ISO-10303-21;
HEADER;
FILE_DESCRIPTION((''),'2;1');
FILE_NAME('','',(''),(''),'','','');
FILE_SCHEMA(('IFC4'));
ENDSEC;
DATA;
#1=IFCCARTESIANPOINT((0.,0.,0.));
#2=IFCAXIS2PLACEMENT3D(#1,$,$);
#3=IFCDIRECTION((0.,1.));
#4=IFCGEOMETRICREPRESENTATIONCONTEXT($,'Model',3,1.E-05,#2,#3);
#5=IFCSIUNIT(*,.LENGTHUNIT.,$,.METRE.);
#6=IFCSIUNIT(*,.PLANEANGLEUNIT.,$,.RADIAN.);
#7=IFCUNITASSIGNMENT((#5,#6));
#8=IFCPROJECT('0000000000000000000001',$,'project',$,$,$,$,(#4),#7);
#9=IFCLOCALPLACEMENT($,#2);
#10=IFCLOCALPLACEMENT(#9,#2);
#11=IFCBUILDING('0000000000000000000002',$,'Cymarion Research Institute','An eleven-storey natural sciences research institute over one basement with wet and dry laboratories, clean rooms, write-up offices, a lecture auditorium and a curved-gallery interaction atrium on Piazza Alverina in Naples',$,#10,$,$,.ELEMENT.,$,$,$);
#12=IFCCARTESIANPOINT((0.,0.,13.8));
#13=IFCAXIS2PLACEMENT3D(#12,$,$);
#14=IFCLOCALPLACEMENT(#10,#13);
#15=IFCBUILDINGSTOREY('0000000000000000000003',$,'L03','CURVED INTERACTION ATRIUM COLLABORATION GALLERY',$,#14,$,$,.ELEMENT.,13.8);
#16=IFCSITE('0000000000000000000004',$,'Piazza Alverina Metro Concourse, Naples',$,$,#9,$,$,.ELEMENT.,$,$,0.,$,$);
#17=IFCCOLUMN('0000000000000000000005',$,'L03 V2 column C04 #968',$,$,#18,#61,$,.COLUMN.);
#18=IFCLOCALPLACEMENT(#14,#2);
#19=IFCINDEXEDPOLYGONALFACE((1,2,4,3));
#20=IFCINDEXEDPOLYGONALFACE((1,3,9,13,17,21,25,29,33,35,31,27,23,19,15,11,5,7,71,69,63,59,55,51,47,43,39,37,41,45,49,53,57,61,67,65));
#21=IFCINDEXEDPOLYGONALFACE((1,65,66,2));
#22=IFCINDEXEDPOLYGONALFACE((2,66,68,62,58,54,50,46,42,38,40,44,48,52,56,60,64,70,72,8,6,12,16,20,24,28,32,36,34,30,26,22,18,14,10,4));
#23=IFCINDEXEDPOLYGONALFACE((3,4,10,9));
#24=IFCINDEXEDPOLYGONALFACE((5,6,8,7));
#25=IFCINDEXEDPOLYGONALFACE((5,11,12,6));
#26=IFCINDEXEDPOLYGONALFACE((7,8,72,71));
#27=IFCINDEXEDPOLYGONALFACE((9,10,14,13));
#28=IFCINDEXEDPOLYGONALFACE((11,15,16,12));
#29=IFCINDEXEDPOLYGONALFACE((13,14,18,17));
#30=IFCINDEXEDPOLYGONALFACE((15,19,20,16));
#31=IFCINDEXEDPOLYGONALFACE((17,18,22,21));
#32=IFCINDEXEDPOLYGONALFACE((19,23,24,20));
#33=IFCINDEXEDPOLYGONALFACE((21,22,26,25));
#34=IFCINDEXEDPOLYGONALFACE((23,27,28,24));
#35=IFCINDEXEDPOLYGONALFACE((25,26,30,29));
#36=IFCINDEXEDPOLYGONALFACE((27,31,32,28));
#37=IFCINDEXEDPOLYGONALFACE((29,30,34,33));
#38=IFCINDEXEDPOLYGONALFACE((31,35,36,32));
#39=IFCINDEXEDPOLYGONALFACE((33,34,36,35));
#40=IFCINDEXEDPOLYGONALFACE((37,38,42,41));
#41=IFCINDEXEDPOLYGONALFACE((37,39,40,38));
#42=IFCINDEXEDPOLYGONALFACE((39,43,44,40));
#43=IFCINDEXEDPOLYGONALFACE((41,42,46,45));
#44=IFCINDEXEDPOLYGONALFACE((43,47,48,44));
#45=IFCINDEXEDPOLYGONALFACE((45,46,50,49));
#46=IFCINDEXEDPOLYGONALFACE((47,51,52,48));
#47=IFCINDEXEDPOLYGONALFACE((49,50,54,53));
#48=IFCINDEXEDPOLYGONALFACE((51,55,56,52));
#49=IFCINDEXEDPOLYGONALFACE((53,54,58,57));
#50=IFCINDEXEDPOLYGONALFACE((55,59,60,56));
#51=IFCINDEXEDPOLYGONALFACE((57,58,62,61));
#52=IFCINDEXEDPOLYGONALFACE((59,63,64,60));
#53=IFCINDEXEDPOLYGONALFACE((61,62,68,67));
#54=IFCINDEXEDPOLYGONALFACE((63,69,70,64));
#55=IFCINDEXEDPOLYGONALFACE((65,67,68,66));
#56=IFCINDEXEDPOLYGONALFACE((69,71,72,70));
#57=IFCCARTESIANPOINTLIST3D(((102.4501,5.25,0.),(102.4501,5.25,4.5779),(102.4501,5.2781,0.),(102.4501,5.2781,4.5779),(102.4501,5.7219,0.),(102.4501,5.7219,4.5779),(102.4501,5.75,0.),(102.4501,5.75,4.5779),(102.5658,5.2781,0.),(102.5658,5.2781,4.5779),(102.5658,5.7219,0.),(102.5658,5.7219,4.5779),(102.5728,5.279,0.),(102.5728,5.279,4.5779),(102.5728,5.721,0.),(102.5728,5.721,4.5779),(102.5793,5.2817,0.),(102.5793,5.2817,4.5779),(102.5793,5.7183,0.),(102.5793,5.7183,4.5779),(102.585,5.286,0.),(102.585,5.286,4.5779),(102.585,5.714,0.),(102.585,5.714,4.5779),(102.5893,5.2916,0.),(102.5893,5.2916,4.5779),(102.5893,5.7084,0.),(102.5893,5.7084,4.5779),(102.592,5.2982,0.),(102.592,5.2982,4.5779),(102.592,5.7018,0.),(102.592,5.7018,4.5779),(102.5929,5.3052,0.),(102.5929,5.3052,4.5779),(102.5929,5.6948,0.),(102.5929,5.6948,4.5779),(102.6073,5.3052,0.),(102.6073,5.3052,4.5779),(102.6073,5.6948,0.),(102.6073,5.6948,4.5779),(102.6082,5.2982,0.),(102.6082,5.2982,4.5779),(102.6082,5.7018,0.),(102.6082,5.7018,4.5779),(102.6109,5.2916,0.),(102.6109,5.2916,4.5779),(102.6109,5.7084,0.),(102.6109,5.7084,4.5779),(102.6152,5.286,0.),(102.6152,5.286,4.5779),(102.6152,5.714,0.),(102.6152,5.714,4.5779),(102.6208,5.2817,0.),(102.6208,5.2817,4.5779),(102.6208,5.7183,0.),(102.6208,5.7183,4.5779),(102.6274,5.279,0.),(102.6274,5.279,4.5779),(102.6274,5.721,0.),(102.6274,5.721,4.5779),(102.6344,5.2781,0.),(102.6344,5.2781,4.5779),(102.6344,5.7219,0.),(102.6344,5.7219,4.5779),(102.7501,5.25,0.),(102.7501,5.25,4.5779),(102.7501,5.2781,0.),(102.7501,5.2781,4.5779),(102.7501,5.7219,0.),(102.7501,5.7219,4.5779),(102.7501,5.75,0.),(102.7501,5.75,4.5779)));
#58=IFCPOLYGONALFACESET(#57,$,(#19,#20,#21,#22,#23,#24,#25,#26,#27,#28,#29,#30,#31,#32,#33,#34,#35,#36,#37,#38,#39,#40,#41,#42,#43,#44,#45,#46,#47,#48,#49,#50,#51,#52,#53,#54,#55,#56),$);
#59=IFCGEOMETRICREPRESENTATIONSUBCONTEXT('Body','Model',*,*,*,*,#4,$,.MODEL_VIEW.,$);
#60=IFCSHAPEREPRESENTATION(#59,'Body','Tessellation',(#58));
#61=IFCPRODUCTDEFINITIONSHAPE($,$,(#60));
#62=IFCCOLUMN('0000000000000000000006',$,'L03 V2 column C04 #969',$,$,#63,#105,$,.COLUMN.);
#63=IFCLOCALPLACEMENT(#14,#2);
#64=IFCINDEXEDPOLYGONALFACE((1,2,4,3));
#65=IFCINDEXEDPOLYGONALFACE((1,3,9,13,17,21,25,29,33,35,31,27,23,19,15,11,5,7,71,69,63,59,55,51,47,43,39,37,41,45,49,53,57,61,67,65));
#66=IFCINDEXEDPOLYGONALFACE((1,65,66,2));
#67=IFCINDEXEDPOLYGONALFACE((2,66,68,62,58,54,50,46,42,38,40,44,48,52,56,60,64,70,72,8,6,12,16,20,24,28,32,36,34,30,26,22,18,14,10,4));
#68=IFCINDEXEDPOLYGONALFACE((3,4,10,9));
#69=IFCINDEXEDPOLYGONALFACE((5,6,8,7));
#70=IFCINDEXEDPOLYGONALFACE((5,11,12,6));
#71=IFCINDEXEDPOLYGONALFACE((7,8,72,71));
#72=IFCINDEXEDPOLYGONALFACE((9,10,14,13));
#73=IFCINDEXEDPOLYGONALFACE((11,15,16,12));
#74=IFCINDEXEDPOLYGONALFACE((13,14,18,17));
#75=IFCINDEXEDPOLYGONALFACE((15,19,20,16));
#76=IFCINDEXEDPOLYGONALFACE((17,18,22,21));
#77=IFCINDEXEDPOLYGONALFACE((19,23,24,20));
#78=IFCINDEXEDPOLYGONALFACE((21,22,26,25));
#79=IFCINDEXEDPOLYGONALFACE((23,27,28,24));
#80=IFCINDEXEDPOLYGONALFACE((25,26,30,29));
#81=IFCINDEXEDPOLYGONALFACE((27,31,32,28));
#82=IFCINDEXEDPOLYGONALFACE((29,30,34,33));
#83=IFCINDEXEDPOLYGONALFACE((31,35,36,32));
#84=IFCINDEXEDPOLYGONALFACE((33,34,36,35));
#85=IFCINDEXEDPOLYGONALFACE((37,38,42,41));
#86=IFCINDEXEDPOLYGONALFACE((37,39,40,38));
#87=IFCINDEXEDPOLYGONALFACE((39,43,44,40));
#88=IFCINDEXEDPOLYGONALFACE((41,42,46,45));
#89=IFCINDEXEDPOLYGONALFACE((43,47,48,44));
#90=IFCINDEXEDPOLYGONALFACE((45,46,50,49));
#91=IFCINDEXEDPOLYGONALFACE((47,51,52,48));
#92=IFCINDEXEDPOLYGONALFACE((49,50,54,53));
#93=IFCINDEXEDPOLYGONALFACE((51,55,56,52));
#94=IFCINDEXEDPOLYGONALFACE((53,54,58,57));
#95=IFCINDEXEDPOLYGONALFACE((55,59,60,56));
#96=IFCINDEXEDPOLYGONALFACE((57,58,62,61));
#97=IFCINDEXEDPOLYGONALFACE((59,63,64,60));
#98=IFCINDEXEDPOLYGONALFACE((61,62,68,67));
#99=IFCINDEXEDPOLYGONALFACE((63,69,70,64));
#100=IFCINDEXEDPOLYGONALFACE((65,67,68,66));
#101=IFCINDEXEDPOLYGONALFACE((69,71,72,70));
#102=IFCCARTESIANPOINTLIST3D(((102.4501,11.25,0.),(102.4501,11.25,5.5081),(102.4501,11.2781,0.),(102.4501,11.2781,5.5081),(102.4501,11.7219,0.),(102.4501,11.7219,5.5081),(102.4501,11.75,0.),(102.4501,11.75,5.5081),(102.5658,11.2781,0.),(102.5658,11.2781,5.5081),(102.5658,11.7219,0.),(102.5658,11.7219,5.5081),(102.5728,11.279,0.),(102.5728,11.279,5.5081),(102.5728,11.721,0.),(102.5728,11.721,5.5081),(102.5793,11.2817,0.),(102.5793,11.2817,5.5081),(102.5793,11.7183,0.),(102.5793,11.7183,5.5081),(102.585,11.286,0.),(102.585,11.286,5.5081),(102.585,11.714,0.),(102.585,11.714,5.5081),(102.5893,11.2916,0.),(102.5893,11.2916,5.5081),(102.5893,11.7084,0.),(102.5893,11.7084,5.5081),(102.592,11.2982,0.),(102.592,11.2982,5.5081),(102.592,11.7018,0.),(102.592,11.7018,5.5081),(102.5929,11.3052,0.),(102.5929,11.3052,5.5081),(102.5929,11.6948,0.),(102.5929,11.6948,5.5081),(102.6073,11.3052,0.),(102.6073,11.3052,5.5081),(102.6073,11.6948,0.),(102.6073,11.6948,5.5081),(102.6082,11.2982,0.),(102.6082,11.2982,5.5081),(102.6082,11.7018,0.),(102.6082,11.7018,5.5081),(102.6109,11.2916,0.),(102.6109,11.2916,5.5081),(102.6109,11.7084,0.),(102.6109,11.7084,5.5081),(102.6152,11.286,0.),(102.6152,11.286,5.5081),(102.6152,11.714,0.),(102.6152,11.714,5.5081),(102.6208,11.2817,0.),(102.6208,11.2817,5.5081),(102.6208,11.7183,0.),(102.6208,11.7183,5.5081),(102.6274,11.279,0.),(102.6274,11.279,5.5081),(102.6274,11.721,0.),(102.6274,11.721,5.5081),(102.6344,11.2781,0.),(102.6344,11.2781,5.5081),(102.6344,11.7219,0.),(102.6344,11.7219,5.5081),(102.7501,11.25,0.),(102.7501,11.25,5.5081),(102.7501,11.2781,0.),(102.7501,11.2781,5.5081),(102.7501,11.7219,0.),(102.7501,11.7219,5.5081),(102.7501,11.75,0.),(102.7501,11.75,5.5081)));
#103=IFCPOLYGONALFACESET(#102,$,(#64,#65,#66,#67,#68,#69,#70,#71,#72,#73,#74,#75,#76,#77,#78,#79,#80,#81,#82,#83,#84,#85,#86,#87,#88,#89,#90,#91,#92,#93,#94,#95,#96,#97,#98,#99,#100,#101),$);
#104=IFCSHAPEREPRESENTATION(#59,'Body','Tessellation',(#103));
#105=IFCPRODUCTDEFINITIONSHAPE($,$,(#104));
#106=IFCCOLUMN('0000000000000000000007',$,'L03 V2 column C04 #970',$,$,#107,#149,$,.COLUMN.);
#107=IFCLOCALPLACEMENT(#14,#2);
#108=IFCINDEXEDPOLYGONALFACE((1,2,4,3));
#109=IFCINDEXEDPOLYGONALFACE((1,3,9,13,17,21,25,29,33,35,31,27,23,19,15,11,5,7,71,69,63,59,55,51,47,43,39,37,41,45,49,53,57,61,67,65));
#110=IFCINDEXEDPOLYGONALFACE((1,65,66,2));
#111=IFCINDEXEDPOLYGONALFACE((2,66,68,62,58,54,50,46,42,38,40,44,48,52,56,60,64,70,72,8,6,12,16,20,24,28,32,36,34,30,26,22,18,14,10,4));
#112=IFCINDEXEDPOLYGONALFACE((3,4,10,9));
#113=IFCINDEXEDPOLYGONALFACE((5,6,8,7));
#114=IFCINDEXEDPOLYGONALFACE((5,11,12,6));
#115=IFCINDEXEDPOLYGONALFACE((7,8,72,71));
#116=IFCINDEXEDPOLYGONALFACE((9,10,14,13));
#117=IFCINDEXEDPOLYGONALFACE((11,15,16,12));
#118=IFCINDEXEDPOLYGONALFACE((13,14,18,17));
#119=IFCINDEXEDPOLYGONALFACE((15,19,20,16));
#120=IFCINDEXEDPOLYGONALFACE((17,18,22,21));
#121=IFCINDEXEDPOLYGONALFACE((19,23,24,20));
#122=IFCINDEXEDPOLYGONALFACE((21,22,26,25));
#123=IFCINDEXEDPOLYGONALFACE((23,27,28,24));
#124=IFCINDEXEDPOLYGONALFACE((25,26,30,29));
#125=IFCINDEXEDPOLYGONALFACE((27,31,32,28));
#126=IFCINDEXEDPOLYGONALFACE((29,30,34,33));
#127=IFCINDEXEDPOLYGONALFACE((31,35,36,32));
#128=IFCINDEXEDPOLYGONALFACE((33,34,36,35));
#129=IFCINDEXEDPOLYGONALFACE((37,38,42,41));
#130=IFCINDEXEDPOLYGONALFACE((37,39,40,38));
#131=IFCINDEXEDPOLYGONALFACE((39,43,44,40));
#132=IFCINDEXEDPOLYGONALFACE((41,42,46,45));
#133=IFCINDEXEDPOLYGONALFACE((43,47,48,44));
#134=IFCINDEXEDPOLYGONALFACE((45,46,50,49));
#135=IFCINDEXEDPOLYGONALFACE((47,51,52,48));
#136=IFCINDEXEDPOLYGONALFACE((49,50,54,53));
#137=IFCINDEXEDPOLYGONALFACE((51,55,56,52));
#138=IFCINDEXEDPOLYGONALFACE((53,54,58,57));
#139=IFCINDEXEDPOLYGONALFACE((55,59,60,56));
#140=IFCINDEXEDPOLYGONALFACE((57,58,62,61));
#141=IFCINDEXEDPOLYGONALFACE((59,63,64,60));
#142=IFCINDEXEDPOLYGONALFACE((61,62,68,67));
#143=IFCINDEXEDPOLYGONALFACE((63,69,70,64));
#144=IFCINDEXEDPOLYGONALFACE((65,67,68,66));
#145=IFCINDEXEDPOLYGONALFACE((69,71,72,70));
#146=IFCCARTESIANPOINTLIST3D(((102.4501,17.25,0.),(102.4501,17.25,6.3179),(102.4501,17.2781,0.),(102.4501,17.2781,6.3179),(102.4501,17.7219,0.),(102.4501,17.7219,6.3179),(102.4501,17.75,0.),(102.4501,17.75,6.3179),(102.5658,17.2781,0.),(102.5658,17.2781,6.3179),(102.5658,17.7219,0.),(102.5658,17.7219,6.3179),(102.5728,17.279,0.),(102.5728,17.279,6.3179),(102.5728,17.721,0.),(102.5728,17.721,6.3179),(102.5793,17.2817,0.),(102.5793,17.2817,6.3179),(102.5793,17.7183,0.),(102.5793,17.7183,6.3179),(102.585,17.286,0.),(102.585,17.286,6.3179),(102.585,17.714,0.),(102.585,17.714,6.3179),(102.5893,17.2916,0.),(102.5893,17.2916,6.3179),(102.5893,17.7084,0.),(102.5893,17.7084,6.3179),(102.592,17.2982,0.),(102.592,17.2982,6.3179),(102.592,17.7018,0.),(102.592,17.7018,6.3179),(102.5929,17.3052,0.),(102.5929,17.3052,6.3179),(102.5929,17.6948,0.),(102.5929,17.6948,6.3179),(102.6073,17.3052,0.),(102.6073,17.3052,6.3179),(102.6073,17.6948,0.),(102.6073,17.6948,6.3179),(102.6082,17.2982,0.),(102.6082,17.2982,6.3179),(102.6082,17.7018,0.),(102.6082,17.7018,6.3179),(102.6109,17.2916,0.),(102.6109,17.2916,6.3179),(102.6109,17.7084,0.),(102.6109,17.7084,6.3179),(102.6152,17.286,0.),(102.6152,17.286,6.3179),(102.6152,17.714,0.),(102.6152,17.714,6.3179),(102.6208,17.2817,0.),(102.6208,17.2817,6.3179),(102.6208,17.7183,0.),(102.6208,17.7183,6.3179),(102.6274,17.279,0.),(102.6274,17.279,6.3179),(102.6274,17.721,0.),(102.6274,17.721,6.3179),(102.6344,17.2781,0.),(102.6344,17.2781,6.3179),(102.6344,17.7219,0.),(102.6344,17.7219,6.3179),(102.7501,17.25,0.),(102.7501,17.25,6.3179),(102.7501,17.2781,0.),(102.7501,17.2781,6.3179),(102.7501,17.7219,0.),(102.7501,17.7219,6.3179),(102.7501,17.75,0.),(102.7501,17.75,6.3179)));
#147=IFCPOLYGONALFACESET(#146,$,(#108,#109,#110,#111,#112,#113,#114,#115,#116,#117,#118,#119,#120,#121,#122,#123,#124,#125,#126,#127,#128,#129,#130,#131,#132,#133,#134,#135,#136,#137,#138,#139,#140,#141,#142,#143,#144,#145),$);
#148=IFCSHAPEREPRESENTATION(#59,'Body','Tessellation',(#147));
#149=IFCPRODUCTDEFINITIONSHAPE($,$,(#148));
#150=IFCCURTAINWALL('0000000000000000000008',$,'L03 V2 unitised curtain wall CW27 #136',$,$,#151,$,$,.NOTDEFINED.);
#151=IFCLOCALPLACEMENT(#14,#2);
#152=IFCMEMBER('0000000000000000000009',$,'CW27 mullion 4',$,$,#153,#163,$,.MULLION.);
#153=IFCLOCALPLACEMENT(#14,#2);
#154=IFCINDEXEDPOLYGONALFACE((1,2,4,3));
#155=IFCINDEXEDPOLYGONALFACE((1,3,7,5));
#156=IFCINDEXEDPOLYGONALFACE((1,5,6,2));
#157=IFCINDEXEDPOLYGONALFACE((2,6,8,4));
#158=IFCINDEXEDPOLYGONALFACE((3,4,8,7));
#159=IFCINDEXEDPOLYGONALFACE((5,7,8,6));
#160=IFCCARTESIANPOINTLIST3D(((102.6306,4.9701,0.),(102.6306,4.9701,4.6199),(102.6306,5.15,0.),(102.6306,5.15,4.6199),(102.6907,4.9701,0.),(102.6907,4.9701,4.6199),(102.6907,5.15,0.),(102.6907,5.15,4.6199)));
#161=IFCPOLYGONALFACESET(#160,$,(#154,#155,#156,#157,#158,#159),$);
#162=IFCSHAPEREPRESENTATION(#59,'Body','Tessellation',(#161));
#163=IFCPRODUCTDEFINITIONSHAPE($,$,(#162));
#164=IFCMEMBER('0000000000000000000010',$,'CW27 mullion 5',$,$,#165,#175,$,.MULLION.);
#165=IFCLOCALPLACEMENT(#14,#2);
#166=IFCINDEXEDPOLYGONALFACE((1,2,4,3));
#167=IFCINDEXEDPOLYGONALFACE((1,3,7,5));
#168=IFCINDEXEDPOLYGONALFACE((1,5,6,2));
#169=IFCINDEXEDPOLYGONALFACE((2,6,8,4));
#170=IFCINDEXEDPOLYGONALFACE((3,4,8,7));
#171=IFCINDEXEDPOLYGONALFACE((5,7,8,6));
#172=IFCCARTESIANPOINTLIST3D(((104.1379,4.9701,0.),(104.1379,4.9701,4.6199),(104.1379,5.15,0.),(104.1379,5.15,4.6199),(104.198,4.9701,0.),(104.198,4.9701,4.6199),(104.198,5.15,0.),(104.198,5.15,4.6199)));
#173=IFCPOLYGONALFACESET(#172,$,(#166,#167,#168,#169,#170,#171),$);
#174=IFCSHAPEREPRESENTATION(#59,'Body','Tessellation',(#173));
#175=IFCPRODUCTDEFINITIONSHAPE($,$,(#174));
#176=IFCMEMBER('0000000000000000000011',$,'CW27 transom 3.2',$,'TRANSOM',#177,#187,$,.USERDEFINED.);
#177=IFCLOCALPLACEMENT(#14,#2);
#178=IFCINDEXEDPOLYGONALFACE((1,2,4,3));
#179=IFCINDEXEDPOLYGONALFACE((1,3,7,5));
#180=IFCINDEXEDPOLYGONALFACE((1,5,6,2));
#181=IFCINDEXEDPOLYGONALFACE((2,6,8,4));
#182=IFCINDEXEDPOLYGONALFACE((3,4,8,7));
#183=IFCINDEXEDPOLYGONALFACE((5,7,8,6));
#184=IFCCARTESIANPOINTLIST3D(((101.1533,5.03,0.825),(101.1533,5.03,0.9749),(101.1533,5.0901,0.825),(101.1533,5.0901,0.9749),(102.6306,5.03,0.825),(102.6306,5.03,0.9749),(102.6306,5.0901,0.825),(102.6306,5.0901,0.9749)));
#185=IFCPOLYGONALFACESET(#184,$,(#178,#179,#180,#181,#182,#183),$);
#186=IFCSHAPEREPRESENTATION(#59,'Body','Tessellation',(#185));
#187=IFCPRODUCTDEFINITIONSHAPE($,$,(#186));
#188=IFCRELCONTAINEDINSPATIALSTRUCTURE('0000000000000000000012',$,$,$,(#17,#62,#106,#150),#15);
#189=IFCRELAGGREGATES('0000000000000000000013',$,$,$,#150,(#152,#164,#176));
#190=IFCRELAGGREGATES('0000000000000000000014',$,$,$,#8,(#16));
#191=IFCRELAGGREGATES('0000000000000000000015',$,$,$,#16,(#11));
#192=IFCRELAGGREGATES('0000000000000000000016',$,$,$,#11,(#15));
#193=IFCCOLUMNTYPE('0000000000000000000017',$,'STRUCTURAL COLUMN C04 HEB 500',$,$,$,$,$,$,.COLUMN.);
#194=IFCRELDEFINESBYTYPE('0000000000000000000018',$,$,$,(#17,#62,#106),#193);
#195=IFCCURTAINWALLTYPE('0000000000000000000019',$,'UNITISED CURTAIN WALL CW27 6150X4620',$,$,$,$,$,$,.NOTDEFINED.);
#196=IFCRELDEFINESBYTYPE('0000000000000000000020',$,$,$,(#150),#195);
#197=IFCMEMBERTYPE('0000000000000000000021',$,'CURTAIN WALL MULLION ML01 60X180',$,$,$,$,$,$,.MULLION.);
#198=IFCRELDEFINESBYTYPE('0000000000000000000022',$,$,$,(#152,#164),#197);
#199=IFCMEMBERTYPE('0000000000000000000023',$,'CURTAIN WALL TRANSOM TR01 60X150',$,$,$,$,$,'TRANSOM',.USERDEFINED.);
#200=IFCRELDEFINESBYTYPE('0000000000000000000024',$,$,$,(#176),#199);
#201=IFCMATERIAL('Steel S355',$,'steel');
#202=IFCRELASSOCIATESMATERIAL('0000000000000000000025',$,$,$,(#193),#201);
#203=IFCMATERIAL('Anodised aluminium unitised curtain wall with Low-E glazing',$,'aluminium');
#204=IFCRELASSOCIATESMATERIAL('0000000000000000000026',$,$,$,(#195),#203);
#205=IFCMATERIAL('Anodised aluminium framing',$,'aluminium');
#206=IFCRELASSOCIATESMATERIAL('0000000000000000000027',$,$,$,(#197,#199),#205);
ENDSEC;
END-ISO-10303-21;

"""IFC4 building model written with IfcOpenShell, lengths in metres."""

from ifc_helpers import new_model, si_unit, direction, frame, origin, origin_2d, place, context, subcontext, project, spatial, rectangle, i_section, extrude, material, material_profile, profile_set, type_object, element, aggregate, save


model = new_model("IFC4")

# Units and contexts
model_context = context("Model", 3, precision=1e-05, world=origin(), true_north=direction((0.0, 1.0)))
body_context = subcontext(model_context, "Body", "Model", "MODEL_VIEW")
ifc_project = project(units=[si_unit("LENGTHUNIT", "METRE"), si_unit("PLANEANGLEUNIT", "RADIAN")], contexts=[model_context])

# Site, building, storey
site_placement = place(None, origin())
site = spatial("IfcSite", under=ifc_project, at=site_placement, Name="Piazza Alverina Metro Concourse, Naples", CompositionType="ELEMENT", RefElevation=0.0)
building_placement = place(site_placement, origin())
building = spatial("IfcBuilding", under=site, at=building_placement, Name="Cymarion Research Institute", Description="An eleven-storey natural sciences research institute over one basement with wet and dry laboratories, clean rooms, write-up offices, a lecture auditorium and a curved-gallery interaction atrium on Piazza Alverina in Naples", CompositionType="ELEMENT")
storey_placement = place(building_placement, frame((0.0, 0.0, 13.8)))
storey = spatial("IfcBuildingStorey", under=building, at=storey_placement, Name="L03", Description="CURVED INTERACTION ATRIUM COLLABORATION GALLERY", CompositionType="ELEMENT", Elevation=13.8)

# Columns
ifc_material_1 = material(Name="Steel S355", Category="steel")
ifc_material_profile_1 = material_profile(ifc_material_1, i_section(OverallWidth=0.3, OverallDepth=0.5, WebThickness=0.0144, FlangeThickness=0.0281, FilletRadius=0.0271, at=origin_2d()), Name="HEB 500")
ifc_profile_set_1 = profile_set([ifc_material_profile_1], Name="Steel S355")
column_type = type_object("IfcColumnType", Name="STRUCTURAL COLUMN C04 HEB 500", PredefinedType="COLUMN", material=ifc_profile_set_1)
column_1_placement = place(storey_placement, frame((102.6001, 5.5, 0.0), z_axis=(0.0, 0.0, 1.0), x_axis=(1.0, 0.0, 0.0)))
element("IfcColumn", 1, at=column_1_placement, inside=storey, type_object=column_type, Name="L03 V2 column C04 #968", PredefinedType="COLUMN", context=body_context, shape_type="SweptSolid", body=[
    extrude(i_section(OverallWidth=0.3, OverallDepth=0.5, WebThickness=0.0144, FlangeThickness=0.0281, FilletRadius=0.0271, at=origin_2d()), origin(), (0.0, 0.0, 1.0), 4.5779),
])
column_2_placement = place(storey_placement, frame((102.6001, 11.5, 0.0), z_axis=(0.0, 0.0, 1.0), x_axis=(1.0, 0.0, 0.0)))
element("IfcColumn", 2, at=column_2_placement, inside=storey, type_object=column_type, Name="L03 V2 column C04 #969", PredefinedType="COLUMN", context=body_context, shape_type="SweptSolid", body=[
    extrude(i_section(OverallWidth=0.3, OverallDepth=0.5, WebThickness=0.0144, FlangeThickness=0.0281, FilletRadius=0.0271, at=origin_2d()), origin(), (0.0, 0.0, 1.0), 5.5081),
])
column_3_placement = place(storey_placement, frame((102.6001, 17.5, 0.0), z_axis=(0.0, 0.0, 1.0), x_axis=(1.0, 0.0, 0.0)))
element("IfcColumn", 3, at=column_3_placement, inside=storey, type_object=column_type, Name="L03 V2 column C04 #970", PredefinedType="COLUMN", context=body_context, shape_type="SweptSolid", body=[
    extrude(i_section(OverallWidth=0.3, OverallDepth=0.5, WebThickness=0.0144, FlangeThickness=0.0281, FilletRadius=0.0271, at=origin_2d()), origin(), (0.0, 0.0, 1.0), 6.3179),
])

# Curtain wall, members
ifc_material_2 = material(Name="Anodised aluminium unitised curtain wall with Low-E glazing", Category="aluminium")
curtain_wall_type = type_object("IfcCurtainWallType", Name="UNITISED CURTAIN WALL CW27 6150X4620", PredefinedType="NOTDEFINED", material=ifc_material_2)
curtain_wall_placement = place(storey_placement, origin())
curtain_wall = element("IfcCurtainWall", 4, at=curtain_wall_placement, inside=storey, type_object=curtain_wall_type, Name="L03 V2 unitised curtain wall CW27 #136", PredefinedType="NOTDEFINED")
ifc_material_3 = material(Name="Anodised aluminium framing", Category="aluminium")
ifc_material_profile_2 = material_profile(ifc_material_3, rectangle(XDim=0.0601, YDim=0.1799, at=origin_2d()), Name="ALU MULLION 60x180")
ifc_profile_set_2 = profile_set([ifc_material_profile_2], Name="Anodised aluminium framing")
member_type_1 = type_object("IfcMemberType", Name="CURTAIN WALL MULLION ML01 60X180", PredefinedType="MULLION", material=ifc_profile_set_2)
member_1_placement = place(storey_placement, frame((102.6606, 5.0601, 0.0), z_axis=(0.0, 0.0, 1.0), x_axis=(1.0, 0.0, 0.0)))
member_1 = element("IfcMember", 5, at=member_1_placement, type_object=member_type_1, Name="CW27 mullion 4", PredefinedType="MULLION", context=body_context, shape_type="SweptSolid", body=[
    extrude(rectangle(XDim=0.0601, YDim=0.1799, at=origin_2d()), origin(), (0.0, 0.0, 1.0), 4.6199),
])
member_2_placement = place(storey_placement, frame((104.168, 5.0601, 0.0), z_axis=(0.0, 0.0, 1.0), x_axis=(1.0, 0.0, 0.0)))
member_2 = element("IfcMember", 6, at=member_2_placement, type_object=member_type_1, Name="CW27 mullion 5", PredefinedType="MULLION", context=body_context, shape_type="SweptSolid", body=[
    extrude(rectangle(XDim=0.0601, YDim=0.1799, at=origin_2d()), origin(), (0.0, 0.0, 1.0), 4.6199),
])
ifc_material_profile_3 = material_profile(ifc_material_3, rectangle(XDim=0.0601, YDim=0.1499, at=origin_2d()), Name="ALU TRANSOM 60x150")
ifc_profile_set_3 = profile_set([ifc_material_profile_3], Name="Anodised aluminium framing")
member_type_2 = type_object("IfcMemberType", Name="CURTAIN WALL TRANSOM TR01 60X150", ElementType="TRANSOM", PredefinedType="USERDEFINED", material=ifc_profile_set_3)
member_3_placement = place(storey_placement, frame((101.1533, 5.0601, 0.8999), z_axis=(1.0, 0.0, 0.0), x_axis=(0.0, 1.0, 0.0)))
member_3 = element("IfcMember", 7, at=member_3_placement, type_object=member_type_2, Name="CW27 transom 3.2", ObjectType="TRANSOM", PredefinedType="USERDEFINED", context=body_context, shape_type="SweptSolid", body=[
    extrude(rectangle(XDim=0.0601, YDim=0.1499, at=origin_2d()), origin(), (0.0, 0.0, 1.0), 1.4773),
])

aggregate(curtain_wall, [member_1, member_2, member_3])

save(model, "model.ifc")
